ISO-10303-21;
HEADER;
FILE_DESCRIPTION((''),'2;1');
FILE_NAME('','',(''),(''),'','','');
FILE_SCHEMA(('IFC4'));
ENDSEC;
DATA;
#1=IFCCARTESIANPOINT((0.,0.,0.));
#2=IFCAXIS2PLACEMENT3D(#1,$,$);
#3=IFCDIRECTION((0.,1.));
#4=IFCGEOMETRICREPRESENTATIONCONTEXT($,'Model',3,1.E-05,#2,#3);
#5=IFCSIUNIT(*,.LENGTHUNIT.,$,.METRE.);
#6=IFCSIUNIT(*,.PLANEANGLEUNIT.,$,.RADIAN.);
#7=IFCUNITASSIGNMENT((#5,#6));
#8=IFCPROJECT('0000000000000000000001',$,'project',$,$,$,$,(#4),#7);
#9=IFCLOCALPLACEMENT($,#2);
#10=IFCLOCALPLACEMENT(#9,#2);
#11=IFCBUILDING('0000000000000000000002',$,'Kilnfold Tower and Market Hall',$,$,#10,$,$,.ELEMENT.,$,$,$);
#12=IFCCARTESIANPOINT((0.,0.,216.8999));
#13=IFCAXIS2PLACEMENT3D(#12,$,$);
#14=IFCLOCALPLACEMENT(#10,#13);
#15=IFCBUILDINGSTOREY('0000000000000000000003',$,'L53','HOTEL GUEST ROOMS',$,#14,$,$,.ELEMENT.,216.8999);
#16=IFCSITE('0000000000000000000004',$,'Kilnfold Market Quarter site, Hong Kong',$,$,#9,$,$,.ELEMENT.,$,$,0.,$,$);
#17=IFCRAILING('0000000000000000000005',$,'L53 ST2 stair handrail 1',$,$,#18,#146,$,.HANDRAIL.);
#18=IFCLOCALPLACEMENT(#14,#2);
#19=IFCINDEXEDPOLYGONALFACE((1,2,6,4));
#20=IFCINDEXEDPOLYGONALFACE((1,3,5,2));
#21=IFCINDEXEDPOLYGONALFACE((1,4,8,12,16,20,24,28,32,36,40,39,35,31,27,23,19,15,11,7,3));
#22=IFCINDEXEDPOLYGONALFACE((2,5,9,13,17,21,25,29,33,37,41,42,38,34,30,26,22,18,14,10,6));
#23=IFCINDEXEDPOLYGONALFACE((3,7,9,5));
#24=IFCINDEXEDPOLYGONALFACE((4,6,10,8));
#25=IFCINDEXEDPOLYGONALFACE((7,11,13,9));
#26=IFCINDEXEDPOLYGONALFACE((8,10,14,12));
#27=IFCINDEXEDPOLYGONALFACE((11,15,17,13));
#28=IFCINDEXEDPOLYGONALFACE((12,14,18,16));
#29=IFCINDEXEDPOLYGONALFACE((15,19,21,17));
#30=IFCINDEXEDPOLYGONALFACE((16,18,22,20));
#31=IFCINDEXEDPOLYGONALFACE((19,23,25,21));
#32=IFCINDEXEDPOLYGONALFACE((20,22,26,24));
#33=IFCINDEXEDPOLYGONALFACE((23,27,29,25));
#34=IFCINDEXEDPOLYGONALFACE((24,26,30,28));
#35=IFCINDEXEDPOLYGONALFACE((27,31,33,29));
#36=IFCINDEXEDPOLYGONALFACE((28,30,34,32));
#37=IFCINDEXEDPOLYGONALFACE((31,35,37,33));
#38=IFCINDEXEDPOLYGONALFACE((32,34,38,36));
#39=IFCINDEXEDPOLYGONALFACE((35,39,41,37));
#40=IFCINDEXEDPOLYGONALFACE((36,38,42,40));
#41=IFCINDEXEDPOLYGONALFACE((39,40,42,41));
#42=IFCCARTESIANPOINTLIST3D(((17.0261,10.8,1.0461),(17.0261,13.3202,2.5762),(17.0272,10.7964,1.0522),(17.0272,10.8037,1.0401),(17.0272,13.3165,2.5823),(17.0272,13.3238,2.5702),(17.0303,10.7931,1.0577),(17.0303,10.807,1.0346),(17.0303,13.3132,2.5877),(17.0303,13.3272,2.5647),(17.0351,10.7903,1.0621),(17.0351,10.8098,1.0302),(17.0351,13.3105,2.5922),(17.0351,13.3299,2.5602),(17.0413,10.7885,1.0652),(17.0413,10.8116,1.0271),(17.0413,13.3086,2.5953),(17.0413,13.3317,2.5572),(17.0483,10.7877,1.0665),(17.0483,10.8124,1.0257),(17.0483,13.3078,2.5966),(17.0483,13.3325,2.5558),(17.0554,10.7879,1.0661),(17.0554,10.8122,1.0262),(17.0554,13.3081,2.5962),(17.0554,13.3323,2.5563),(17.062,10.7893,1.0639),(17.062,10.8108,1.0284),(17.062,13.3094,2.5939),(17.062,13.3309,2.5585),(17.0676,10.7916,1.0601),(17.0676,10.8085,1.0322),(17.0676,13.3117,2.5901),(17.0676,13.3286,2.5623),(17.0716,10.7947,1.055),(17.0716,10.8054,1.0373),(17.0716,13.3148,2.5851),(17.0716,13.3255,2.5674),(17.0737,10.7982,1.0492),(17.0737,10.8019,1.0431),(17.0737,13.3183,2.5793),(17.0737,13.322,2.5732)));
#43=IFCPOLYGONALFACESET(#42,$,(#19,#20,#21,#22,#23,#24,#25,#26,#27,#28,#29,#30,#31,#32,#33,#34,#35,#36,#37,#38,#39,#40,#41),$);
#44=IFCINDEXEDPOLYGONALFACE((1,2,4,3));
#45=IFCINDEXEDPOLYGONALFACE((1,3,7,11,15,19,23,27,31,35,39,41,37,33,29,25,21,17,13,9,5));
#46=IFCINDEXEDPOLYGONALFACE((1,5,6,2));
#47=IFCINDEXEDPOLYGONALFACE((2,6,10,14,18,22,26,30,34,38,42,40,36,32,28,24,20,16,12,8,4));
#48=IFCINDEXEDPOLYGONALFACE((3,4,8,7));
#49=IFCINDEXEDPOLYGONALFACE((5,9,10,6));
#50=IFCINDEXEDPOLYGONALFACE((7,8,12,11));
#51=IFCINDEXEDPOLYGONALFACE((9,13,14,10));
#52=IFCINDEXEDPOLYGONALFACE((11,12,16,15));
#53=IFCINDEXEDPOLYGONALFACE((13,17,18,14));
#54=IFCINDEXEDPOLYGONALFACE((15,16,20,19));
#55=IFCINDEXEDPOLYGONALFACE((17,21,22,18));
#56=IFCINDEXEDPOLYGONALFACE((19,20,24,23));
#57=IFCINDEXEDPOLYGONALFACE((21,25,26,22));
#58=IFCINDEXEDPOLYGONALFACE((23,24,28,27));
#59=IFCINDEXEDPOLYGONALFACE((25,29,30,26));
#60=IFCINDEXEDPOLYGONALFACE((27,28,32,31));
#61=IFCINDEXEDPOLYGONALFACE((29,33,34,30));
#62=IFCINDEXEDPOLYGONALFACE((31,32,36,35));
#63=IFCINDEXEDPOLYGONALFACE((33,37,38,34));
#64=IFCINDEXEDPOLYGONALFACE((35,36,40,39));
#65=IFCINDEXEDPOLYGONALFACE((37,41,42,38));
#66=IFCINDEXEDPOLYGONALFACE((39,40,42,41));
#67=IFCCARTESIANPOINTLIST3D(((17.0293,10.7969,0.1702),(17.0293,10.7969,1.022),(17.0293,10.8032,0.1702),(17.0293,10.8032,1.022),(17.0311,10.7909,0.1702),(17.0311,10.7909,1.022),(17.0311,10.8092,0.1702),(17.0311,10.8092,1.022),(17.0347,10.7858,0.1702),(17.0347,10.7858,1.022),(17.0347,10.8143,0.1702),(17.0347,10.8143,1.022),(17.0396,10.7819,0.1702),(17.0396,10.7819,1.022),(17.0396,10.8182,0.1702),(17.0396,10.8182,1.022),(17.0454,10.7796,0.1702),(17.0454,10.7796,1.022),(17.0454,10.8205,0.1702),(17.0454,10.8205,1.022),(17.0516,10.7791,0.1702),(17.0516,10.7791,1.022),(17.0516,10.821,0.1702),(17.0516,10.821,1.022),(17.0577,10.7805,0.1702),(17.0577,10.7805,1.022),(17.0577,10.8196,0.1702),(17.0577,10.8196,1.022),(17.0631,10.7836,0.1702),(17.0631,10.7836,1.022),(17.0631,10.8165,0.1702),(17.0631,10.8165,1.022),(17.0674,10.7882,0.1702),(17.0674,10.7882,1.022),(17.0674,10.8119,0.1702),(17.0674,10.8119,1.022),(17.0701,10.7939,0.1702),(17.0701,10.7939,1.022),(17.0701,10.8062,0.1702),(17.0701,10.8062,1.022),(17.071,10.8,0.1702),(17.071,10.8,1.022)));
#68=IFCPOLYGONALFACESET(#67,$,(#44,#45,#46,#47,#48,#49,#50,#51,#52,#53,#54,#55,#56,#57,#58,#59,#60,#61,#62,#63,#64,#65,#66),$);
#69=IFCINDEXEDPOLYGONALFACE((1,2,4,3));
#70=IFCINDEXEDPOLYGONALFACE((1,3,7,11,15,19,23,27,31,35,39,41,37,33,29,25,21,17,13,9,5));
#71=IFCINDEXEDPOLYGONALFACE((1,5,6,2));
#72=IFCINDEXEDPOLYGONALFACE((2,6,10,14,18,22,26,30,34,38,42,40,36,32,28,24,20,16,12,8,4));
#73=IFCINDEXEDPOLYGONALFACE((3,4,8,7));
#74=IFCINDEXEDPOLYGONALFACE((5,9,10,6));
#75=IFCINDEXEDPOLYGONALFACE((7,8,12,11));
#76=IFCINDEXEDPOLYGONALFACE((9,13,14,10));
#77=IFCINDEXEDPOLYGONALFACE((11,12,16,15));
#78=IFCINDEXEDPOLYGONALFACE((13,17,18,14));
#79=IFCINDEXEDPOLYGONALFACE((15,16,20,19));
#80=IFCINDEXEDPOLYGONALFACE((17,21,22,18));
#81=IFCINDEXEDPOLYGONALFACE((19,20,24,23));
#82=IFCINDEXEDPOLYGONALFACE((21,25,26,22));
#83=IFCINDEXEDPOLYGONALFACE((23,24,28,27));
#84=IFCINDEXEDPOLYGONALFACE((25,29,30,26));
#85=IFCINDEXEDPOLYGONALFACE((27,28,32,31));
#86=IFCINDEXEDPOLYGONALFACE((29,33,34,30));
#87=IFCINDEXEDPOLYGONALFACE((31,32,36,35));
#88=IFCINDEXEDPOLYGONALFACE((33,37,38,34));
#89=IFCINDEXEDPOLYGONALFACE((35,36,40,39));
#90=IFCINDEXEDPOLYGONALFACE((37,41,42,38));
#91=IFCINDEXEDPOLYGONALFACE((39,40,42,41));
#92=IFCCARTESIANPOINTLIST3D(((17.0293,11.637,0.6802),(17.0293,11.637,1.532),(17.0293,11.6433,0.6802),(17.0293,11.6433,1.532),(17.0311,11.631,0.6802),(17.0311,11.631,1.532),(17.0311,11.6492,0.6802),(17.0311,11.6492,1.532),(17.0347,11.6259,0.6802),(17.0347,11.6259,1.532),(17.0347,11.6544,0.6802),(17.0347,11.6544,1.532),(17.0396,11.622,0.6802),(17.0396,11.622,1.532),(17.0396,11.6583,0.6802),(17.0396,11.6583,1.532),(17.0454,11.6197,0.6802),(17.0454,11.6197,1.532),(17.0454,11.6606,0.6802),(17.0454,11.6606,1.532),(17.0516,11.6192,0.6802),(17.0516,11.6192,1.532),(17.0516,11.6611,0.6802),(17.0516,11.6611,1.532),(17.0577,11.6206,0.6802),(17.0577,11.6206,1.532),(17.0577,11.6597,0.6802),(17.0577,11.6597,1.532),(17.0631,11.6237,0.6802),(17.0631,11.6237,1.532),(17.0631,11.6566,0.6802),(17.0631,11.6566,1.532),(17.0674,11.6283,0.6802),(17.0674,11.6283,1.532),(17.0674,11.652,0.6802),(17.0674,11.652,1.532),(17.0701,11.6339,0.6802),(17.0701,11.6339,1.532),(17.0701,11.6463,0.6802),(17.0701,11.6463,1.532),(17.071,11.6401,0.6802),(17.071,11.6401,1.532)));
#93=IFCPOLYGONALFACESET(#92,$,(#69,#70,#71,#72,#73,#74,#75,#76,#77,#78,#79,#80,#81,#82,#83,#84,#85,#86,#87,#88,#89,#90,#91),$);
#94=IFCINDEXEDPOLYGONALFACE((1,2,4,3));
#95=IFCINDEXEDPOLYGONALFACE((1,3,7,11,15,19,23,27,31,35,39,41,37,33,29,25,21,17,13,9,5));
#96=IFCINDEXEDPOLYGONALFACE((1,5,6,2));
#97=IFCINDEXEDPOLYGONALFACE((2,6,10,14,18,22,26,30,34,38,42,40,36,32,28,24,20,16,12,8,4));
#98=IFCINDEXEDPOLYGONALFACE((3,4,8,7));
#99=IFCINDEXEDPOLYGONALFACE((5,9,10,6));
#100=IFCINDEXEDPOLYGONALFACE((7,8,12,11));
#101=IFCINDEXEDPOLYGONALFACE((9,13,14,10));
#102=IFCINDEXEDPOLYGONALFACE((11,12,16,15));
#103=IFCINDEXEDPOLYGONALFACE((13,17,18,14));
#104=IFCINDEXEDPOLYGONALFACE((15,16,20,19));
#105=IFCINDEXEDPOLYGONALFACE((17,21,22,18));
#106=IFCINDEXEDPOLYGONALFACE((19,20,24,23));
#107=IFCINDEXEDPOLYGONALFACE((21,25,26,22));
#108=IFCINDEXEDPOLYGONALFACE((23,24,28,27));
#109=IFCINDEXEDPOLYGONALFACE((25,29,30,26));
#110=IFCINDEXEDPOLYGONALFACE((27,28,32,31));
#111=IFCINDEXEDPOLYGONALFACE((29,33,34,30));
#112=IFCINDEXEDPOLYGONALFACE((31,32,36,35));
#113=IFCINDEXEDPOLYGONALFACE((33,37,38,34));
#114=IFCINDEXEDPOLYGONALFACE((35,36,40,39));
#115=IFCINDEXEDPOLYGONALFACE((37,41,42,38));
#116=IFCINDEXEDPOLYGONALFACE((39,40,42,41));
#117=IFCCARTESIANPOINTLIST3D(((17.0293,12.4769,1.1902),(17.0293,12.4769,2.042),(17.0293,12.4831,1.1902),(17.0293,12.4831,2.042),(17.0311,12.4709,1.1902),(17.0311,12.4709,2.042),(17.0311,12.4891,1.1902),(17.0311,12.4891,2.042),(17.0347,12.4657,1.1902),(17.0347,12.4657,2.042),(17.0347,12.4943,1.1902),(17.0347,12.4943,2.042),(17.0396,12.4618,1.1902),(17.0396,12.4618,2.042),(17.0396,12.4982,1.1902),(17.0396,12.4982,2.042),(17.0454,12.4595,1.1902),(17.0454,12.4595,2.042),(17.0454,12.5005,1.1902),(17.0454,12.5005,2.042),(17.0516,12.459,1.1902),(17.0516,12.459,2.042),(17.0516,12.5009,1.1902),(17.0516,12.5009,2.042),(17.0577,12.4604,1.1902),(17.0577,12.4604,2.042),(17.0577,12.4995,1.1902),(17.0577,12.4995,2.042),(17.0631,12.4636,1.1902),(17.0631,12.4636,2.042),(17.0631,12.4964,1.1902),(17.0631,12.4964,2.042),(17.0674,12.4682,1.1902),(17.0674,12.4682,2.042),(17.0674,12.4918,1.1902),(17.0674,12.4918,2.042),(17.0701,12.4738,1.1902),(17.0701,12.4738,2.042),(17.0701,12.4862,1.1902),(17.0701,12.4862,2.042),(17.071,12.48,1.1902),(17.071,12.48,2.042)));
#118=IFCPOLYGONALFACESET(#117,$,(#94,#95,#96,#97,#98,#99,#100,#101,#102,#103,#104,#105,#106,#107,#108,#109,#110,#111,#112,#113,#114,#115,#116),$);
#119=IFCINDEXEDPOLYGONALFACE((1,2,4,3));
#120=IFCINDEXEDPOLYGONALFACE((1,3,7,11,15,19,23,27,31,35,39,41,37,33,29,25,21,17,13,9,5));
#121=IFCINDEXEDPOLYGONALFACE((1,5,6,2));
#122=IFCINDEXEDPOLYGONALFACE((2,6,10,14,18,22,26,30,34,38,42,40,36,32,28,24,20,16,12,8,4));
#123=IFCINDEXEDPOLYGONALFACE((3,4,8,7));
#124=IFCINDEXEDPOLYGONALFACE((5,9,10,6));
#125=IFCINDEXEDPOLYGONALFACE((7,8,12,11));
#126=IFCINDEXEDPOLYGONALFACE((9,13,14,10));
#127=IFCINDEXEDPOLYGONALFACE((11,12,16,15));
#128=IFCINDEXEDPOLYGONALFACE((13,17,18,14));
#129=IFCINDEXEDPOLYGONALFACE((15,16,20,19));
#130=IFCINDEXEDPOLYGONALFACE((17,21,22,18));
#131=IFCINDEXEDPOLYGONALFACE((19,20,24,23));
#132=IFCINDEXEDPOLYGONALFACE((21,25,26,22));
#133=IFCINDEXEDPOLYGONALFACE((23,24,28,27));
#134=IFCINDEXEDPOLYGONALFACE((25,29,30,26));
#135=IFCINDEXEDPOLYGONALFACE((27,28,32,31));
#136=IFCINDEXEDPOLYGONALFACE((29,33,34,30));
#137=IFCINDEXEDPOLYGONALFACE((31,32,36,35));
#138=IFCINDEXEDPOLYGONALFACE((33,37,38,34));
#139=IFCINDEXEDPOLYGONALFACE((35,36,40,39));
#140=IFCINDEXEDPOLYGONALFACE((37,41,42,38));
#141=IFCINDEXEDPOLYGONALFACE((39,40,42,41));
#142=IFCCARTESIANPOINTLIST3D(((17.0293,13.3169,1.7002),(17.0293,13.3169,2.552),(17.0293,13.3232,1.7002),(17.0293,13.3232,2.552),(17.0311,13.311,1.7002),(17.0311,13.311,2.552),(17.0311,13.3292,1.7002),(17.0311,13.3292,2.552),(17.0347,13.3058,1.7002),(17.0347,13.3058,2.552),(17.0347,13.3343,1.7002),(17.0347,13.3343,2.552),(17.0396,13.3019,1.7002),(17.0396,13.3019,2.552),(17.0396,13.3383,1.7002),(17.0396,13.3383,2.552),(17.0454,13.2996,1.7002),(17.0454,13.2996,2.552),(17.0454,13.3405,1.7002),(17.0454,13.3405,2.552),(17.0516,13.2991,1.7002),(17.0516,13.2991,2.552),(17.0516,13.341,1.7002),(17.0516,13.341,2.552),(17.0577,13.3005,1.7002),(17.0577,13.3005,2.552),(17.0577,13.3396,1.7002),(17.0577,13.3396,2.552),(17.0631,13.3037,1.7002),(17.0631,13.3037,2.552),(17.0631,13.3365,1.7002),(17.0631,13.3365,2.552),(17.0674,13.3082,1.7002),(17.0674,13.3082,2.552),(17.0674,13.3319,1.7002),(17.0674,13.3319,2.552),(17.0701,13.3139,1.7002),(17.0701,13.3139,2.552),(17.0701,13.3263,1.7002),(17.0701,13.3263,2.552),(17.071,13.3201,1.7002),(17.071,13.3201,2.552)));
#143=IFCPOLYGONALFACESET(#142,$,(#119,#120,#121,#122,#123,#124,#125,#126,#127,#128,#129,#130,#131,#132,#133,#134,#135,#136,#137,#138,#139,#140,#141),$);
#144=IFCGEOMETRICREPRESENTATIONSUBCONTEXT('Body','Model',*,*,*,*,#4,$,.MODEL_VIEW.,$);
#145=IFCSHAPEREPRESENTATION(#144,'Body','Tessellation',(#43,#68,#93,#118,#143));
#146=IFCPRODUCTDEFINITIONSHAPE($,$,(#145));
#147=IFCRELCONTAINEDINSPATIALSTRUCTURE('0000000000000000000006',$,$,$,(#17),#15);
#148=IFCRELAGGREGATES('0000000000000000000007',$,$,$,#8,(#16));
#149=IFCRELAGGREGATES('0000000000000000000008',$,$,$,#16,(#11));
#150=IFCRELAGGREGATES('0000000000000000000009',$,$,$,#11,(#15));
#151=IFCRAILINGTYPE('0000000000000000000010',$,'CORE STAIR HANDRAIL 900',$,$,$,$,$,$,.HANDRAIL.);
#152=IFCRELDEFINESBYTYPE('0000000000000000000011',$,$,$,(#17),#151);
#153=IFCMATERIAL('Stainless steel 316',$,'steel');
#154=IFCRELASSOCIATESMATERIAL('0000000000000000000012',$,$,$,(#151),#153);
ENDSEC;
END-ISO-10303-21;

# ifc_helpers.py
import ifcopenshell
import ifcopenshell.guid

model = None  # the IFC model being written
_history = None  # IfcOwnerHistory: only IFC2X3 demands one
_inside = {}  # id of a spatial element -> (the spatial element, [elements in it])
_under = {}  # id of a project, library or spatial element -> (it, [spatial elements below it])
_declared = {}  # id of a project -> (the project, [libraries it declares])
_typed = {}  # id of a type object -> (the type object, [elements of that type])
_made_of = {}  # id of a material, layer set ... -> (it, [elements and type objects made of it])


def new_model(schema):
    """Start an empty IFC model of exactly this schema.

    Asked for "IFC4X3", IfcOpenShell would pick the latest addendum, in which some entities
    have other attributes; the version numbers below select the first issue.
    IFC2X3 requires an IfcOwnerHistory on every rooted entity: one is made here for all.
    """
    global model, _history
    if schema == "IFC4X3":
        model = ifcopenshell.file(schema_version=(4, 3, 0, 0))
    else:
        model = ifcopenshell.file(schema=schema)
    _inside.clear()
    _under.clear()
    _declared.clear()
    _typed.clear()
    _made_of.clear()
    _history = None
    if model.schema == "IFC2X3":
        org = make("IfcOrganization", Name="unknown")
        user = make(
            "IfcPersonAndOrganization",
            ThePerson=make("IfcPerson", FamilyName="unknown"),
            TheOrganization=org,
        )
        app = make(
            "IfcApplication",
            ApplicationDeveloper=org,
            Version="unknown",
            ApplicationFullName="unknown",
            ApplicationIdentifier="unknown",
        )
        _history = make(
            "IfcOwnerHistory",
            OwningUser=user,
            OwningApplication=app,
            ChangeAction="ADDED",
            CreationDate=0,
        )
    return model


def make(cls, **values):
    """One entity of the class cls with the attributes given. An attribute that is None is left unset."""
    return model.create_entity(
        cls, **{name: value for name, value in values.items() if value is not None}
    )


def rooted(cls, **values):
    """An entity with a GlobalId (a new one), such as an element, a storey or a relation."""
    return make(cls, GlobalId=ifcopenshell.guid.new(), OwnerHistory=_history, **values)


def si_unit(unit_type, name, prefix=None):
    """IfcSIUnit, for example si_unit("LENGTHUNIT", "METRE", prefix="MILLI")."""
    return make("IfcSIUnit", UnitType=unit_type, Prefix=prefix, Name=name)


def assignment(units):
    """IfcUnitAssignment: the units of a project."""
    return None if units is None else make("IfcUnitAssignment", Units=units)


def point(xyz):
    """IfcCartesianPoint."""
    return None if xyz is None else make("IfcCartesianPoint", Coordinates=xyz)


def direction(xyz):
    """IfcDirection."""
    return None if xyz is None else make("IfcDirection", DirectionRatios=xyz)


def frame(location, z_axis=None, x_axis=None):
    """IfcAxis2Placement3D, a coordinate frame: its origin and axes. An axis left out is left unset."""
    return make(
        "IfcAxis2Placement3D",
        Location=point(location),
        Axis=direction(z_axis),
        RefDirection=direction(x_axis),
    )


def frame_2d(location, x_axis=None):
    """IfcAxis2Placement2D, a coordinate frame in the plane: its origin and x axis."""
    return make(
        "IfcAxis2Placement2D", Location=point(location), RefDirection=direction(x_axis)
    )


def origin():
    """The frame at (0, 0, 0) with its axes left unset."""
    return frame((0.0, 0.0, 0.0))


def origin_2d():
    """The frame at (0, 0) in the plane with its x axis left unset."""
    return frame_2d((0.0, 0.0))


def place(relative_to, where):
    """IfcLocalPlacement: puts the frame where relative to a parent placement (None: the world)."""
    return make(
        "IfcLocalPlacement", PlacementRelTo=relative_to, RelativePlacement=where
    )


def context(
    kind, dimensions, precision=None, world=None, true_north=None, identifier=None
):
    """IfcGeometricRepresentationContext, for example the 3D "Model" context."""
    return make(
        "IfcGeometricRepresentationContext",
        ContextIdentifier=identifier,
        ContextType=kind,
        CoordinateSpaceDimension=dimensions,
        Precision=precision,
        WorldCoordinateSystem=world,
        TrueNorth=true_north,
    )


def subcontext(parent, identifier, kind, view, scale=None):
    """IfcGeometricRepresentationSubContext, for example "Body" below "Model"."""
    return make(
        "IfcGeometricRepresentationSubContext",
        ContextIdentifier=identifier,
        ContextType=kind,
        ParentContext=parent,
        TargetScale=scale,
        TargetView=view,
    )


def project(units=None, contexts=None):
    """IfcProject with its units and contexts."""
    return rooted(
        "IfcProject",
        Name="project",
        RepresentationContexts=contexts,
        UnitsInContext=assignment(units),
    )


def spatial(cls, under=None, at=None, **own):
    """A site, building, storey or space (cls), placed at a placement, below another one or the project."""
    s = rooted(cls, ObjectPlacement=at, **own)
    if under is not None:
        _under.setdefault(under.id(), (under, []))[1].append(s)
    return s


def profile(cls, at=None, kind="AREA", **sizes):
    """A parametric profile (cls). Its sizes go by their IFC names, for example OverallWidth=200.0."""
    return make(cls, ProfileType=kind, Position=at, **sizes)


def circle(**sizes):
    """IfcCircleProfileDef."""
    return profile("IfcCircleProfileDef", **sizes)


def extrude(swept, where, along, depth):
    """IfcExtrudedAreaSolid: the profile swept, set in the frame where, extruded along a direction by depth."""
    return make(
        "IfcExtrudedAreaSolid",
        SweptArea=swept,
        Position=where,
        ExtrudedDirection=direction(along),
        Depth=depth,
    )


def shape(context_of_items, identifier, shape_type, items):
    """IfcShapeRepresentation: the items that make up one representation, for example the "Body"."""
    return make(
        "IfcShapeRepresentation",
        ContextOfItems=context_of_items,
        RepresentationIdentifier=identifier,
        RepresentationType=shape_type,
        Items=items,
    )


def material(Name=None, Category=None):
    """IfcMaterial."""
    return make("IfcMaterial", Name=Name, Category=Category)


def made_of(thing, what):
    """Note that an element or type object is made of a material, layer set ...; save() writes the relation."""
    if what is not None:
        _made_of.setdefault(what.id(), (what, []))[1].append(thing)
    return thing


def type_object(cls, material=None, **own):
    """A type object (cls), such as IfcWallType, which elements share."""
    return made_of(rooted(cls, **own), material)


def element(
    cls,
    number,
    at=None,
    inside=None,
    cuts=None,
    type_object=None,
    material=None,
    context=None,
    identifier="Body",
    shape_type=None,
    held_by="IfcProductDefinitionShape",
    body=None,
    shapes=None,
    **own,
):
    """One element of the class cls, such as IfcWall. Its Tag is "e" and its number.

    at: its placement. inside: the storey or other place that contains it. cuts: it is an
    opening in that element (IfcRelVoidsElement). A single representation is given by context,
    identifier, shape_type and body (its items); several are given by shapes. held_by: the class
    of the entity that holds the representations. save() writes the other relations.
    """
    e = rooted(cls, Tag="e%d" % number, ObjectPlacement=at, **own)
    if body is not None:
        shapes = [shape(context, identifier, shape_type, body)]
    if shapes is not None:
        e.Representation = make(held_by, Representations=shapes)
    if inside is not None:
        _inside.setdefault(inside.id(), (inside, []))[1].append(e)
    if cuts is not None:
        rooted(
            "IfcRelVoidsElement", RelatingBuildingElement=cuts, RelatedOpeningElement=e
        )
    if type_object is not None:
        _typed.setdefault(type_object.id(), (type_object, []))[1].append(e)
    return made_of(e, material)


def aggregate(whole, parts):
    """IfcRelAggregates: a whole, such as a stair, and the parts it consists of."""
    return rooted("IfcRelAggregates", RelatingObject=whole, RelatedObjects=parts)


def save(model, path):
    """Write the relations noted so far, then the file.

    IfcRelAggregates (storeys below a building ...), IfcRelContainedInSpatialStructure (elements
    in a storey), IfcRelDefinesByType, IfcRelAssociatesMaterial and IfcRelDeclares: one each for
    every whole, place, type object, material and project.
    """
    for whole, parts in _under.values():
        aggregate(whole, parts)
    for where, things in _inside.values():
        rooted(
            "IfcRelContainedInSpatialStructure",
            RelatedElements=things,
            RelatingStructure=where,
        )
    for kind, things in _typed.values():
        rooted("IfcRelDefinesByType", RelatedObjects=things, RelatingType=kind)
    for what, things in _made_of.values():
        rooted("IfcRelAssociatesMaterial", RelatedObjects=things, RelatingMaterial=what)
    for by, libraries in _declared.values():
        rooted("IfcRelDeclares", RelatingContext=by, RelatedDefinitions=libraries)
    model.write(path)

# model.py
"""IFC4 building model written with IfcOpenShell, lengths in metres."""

from ifc_helpers import new_model, si_unit, direction, frame, origin, origin_2d, place, context, subcontext, project, spatial, circle, extrude, material, type_object, element, save


model = new_model("IFC4")

# Units and contexts
model_context = context("Model", 3, precision=1e-05, world=origin(), true_north=direction((0.0, 1.0)))
body_context = subcontext(model_context, "Body", "Model", "MODEL_VIEW")
ifc_project = project(units=[si_unit("LENGTHUNIT", "METRE"), si_unit("PLANEANGLEUNIT", "RADIAN")], contexts=[model_context])

# Site, building, storey
site_placement = place(None, origin())
site = spatial("IfcSite", under=ifc_project, at=site_placement, Name="Kilnfold Market Quarter site, Hong Kong", CompositionType="ELEMENT", RefElevation=0.0)
building_placement = place(site_placement, origin())
building = spatial("IfcBuilding", under=site, at=building_placement, Name="Kilnfold Tower and Market Hall", CompositionType="ELEMENT")
storey_placement = place(building_placement, frame((0.0, 0.0, 216.8999)))
storey = spatial("IfcBuildingStorey", under=building, at=storey_placement, Name="L53", Description="HOTEL GUEST ROOMS", CompositionType="ELEMENT", Elevation=216.8999)

# Railing
ifc_material_1 = material(Name="Stainless steel 316", Category="steel")
railing_type_1 = type_object("IfcRailingType", Name="CORE STAIR HANDRAIL 900", PredefinedType="HANDRAIL", material=ifc_material_1)
railing_1_placement = place(storey_placement, frame((17.05, 10.8, 0.1702)))
element("IfcRailing", 1, at=railing_1_placement, inside=storey, type_object=railing_type_1, Name="L53 ST2 stair handrail 1", PredefinedType="HANDRAIL", context=body_context, shape_type="SweptSolid", body=[
    extrude(circle(Radius=0.0239, at=origin_2d()), frame((0.0, 0.0, 0.876), z_axis=(0.0, 0.854785, 0.518982), x_axis=(-1.0, 0.0, 0.0)), (0.0, 0.0, 1.0), 2.9482),
    extrude(circle(Radius=0.021, at=origin_2d()), origin(), (0.0, 0.0, 1.0), 0.8518),
    extrude(circle(Radius=0.021, at=origin_2d()), frame((0.0, 0.8401, 0.51)), (0.0, 0.0, 1.0), 0.8518),
    extrude(circle(Radius=0.021, at=origin_2d()), frame((0.0, 1.6799, 1.02)), (0.0, 0.0, 1.0), 0.8518),
    extrude(circle(Radius=0.021, at=origin_2d()), frame((0.0, 2.52, 1.53)), (0.0, 0.0, 1.0), 0.8518),
])

save(model, "model.ifc")
